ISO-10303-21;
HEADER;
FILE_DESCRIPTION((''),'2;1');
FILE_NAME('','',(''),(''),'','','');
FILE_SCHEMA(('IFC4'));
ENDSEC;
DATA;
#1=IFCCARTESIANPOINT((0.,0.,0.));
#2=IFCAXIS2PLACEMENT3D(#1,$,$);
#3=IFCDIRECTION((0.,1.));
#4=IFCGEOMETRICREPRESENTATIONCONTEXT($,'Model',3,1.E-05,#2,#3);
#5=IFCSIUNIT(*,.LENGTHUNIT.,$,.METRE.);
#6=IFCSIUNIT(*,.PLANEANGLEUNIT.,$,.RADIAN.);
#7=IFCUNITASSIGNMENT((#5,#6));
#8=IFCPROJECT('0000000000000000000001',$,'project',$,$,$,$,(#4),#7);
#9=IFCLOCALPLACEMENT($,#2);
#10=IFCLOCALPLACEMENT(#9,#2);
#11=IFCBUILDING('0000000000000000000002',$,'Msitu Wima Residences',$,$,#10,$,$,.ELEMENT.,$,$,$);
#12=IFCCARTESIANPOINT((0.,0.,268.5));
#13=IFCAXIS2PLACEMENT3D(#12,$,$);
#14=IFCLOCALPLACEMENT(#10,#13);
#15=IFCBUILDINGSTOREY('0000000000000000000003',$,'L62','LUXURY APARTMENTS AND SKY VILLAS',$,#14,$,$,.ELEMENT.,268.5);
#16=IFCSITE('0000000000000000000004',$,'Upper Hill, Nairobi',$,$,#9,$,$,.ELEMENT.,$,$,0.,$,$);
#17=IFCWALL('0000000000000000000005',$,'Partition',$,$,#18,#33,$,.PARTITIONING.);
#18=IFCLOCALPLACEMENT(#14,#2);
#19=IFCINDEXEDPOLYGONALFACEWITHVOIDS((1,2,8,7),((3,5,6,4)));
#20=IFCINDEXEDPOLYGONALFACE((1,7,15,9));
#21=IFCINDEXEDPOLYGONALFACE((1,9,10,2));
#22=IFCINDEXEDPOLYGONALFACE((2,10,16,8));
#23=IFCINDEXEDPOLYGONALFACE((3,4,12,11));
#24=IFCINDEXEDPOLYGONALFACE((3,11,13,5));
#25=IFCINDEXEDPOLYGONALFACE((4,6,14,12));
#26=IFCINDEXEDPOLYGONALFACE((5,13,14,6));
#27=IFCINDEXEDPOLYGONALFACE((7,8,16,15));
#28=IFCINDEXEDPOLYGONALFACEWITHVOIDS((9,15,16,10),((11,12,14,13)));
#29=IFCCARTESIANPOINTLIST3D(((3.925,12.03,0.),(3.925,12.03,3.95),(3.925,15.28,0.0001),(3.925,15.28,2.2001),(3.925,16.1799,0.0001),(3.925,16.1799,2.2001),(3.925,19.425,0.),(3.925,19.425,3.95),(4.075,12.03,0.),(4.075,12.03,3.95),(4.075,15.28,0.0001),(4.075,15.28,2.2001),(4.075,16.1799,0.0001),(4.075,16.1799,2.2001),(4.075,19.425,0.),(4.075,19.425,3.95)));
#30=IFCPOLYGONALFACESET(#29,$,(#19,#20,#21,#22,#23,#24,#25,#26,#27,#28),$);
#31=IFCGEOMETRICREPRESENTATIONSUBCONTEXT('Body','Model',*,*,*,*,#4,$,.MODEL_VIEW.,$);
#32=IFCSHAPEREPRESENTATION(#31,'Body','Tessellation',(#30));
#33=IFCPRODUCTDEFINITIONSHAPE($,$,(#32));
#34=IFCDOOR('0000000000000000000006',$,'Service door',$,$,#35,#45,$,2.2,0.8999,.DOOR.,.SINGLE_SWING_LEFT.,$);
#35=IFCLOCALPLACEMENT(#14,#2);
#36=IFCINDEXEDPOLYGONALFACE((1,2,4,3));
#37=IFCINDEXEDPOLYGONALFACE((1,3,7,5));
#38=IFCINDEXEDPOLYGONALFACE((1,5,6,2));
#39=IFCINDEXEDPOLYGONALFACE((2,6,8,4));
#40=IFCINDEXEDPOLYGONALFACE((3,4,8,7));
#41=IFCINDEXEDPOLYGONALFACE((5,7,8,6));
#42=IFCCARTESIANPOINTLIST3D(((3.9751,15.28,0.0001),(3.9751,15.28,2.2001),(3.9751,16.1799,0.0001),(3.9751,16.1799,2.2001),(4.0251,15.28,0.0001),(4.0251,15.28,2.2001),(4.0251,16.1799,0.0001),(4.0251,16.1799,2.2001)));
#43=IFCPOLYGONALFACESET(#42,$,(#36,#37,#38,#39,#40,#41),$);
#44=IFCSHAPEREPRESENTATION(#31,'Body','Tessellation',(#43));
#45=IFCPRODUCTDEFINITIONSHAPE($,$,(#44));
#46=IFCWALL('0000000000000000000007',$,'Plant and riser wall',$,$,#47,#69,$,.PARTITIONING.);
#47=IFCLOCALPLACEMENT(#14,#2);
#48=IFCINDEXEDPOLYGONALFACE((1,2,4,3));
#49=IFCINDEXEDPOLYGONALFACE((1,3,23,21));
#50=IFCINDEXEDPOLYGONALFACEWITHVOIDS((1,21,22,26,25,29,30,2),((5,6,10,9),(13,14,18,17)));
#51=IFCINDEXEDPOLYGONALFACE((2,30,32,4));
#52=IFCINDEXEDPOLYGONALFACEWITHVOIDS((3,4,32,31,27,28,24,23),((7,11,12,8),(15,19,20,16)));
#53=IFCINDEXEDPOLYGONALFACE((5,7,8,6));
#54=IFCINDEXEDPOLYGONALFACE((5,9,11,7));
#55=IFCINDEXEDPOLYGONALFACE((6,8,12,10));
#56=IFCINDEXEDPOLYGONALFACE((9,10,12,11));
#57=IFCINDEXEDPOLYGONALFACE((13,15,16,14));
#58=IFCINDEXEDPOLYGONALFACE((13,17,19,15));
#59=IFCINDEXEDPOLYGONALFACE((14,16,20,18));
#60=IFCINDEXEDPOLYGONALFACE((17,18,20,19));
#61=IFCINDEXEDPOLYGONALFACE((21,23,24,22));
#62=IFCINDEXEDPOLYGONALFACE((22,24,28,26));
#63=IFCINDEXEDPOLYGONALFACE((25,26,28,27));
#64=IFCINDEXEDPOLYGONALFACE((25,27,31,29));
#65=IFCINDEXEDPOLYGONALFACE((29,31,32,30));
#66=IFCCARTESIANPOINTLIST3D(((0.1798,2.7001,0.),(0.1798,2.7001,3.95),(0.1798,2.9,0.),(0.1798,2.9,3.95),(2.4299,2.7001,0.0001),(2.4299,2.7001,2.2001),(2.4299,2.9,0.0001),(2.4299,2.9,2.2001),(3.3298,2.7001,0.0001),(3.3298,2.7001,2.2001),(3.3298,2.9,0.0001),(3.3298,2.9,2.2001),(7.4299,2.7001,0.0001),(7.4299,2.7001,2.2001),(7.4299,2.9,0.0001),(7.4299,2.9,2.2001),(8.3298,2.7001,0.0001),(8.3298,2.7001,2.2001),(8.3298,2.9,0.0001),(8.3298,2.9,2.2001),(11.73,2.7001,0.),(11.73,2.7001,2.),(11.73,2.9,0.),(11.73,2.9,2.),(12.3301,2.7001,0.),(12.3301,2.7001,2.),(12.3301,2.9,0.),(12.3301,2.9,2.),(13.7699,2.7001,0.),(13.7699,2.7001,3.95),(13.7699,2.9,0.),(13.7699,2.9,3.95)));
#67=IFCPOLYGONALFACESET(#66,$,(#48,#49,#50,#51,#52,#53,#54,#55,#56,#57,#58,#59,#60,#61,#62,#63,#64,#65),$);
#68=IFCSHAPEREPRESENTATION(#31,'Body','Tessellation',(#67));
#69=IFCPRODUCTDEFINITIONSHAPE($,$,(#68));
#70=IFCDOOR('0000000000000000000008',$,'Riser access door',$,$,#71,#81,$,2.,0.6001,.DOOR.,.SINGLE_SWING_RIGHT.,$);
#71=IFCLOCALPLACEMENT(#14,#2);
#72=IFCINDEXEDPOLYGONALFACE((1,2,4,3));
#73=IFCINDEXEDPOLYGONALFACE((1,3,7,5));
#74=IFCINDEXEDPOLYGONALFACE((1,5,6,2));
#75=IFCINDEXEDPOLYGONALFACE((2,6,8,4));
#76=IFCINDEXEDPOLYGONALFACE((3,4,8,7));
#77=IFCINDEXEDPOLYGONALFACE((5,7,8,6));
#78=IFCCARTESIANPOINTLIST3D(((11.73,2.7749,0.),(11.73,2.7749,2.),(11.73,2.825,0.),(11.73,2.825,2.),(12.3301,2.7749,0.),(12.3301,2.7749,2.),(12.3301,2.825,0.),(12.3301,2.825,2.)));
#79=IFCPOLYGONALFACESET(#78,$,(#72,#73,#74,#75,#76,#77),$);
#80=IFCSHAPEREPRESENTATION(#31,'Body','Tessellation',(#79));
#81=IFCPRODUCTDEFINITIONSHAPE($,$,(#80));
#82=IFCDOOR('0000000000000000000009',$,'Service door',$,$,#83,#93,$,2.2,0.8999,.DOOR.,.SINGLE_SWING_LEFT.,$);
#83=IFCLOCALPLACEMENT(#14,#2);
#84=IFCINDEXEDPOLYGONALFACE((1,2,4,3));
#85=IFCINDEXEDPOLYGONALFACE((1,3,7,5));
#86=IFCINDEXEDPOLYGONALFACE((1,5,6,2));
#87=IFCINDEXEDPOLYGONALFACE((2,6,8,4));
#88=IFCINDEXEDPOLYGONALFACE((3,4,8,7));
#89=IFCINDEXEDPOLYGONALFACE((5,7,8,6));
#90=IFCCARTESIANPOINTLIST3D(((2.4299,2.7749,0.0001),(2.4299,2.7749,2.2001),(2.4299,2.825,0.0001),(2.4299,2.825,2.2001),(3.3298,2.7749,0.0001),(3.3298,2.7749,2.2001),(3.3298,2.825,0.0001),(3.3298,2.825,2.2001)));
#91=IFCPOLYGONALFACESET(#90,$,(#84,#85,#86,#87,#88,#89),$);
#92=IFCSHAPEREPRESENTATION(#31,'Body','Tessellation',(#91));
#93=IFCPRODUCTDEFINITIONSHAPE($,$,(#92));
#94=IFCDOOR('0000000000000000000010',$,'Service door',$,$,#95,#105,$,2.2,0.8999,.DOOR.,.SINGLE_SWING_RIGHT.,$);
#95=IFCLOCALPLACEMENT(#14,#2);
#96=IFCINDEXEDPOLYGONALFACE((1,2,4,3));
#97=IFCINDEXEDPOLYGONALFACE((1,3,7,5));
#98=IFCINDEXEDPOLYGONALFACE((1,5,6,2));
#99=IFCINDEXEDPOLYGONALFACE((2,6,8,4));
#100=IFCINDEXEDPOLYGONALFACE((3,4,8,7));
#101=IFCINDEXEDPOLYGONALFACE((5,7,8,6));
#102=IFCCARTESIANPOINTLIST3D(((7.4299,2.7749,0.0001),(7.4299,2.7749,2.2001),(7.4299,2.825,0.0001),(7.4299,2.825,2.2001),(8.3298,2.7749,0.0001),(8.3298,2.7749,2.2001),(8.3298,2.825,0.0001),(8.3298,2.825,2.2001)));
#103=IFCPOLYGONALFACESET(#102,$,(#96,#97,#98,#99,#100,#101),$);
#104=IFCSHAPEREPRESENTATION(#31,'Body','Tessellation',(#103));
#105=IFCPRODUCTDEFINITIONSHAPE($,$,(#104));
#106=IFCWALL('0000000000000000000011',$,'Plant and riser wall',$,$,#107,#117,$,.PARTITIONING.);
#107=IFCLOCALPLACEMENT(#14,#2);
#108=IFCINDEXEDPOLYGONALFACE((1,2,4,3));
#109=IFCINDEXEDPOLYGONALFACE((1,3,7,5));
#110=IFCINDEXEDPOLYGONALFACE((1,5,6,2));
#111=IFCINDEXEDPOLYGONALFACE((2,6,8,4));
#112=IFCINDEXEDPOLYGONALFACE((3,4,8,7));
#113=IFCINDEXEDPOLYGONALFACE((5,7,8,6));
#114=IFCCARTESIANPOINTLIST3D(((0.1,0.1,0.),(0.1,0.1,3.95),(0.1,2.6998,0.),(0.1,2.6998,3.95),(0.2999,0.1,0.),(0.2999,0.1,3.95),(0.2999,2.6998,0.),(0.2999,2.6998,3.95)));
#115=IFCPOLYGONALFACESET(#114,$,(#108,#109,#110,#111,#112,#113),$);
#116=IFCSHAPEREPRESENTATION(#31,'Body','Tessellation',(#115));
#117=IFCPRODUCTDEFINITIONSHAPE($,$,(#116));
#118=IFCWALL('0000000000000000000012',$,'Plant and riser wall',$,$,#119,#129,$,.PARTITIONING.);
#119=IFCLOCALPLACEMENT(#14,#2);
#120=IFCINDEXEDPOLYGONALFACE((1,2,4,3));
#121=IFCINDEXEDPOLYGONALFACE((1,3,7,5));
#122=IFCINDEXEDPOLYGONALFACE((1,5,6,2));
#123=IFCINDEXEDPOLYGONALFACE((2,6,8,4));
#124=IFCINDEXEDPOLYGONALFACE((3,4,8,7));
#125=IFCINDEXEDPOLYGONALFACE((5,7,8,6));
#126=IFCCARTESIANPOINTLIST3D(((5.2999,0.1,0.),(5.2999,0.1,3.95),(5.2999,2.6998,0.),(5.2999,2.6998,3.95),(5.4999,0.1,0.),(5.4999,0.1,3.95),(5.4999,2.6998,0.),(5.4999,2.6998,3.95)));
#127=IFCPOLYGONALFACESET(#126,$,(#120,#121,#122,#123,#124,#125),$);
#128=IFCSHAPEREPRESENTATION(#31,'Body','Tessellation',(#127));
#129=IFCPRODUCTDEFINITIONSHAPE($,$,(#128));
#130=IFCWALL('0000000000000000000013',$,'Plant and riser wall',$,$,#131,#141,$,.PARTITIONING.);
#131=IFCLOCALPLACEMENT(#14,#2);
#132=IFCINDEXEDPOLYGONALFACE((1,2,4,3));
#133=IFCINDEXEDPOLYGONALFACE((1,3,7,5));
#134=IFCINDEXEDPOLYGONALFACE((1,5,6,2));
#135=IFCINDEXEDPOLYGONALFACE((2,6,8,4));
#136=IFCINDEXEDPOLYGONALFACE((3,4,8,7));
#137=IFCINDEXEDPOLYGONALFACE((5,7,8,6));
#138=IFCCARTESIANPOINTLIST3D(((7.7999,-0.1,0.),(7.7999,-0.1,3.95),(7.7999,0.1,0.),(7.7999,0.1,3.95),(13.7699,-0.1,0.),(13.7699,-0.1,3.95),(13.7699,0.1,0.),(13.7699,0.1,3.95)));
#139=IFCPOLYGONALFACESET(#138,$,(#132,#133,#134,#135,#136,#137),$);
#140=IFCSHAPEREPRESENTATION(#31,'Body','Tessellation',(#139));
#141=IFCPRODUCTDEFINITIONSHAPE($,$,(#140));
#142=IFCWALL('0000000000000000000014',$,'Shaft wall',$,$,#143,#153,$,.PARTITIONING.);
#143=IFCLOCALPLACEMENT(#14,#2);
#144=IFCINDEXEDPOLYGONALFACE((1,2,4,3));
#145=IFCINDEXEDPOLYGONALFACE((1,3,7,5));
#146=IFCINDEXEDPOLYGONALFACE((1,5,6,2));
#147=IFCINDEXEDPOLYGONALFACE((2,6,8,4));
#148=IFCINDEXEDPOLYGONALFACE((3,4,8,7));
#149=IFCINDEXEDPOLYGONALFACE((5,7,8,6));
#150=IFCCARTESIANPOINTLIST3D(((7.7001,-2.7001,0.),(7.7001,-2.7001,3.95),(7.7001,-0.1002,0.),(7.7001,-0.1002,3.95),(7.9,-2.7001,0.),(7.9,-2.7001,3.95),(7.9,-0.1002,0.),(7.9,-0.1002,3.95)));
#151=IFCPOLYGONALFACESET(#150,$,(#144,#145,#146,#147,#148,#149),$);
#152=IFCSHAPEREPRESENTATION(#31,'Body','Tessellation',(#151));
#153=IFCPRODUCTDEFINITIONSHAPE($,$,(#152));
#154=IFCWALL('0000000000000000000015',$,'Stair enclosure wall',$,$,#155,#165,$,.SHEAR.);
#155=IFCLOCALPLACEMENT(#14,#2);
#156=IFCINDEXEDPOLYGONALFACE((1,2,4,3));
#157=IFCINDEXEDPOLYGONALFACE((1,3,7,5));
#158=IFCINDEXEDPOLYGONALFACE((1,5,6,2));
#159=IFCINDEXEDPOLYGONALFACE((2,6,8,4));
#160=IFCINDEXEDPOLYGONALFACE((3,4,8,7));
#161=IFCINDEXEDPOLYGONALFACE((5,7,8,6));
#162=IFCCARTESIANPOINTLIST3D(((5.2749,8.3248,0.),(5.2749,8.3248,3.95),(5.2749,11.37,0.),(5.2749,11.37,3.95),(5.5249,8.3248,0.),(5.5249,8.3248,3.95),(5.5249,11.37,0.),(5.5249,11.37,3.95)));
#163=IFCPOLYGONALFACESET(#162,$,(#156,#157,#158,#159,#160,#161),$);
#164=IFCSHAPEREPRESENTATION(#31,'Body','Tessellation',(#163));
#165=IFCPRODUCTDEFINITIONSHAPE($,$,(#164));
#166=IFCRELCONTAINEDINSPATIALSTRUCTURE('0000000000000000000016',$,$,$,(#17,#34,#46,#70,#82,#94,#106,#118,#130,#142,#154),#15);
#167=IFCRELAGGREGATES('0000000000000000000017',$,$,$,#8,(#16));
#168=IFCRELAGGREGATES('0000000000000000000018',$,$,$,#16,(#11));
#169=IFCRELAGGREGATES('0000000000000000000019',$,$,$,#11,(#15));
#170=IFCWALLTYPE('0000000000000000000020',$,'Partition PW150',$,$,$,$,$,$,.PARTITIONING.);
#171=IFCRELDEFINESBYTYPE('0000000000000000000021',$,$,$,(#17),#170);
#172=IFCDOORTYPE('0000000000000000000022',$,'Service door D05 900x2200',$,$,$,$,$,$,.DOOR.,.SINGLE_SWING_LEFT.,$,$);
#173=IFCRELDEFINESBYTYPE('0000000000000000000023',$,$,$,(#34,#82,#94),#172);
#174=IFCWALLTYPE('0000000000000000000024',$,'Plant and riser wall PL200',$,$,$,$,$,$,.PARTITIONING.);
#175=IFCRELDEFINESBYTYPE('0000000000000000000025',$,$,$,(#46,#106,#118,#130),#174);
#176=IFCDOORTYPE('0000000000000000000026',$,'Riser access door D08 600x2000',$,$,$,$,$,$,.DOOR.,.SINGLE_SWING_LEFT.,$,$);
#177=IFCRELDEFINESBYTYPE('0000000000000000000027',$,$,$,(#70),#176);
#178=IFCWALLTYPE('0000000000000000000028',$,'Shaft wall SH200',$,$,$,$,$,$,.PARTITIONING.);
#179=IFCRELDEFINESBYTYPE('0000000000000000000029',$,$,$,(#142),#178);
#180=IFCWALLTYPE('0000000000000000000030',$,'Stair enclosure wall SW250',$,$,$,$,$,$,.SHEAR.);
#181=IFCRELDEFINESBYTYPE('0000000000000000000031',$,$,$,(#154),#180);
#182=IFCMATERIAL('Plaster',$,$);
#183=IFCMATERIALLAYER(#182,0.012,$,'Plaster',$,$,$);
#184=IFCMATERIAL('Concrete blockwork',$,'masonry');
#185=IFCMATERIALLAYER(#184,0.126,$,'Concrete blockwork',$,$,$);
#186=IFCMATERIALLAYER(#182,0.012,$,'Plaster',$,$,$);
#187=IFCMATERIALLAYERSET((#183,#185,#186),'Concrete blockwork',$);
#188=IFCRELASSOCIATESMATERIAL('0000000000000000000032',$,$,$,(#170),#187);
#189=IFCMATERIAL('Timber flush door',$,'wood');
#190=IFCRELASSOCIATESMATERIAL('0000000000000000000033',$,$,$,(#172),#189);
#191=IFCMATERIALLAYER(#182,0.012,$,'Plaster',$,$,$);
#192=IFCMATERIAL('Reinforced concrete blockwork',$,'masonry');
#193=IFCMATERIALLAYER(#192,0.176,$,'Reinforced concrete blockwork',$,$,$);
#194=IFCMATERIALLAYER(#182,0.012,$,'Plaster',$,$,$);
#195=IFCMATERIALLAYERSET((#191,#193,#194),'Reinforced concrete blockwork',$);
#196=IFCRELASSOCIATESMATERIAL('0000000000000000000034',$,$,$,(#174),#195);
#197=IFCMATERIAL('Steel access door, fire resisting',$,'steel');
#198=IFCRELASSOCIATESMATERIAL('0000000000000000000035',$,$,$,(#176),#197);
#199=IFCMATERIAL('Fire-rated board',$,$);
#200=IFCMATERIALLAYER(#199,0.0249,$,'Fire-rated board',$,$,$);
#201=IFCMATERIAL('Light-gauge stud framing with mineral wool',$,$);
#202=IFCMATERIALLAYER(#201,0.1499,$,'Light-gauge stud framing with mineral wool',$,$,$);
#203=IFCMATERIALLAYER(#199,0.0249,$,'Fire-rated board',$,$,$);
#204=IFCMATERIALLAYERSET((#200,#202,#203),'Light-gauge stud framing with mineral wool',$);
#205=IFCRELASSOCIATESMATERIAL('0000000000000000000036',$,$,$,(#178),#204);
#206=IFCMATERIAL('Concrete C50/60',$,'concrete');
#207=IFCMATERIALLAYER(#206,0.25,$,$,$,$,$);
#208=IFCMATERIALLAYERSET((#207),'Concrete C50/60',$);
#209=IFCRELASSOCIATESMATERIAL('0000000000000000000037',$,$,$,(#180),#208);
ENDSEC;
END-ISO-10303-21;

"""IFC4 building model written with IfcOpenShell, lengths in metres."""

from ifc_helpers import new_model, si_unit, direction, frame, frame_2d, origin, place, context, subcontext, project, spatial, rectangle, extrude, material, layer, layer_set, type_object, element, fill, save


model = new_model("IFC4")

# Units and contexts
model_context = context("Model", 3, precision=1e-05, world=origin(), true_north=direction((0.0, 1.0)))
body_context = subcontext(model_context, "Body", "Model", "MODEL_VIEW")
ifc_project = project(units=[si_unit("LENGTHUNIT", "METRE"), si_unit("PLANEANGLEUNIT", "RADIAN")], contexts=[model_context])

# Site, building, storey
site_placement = place(None, origin())
site = spatial("IfcSite", under=ifc_project, at=site_placement, Name="Upper Hill, Nairobi", CompositionType="ELEMENT", RefElevation=0.0)
building_placement = place(site_placement, origin())
building = spatial("IfcBuilding", under=site, at=building_placement, Name="Msitu Wima Residences", CompositionType="ELEMENT")
storey_placement = place(building_placement, frame((0.0, 0.0, 268.5)))
storey = spatial("IfcBuildingStorey", under=building, at=storey_placement, Name="L62", Description="LUXURY APARTMENTS AND SKY VILLAS", CompositionType="ELEMENT", Elevation=268.5)

# Shared definitions
ifc_material_1 = material(Name="Plaster")
ifc_layer_1 = layer(ifc_material_1, 0.012, Name="Plaster")
ifc_material_2 = material(Name="Concrete blockwork", Category="masonry")
ifc_layer_2 = layer(ifc_material_2, 0.126, Name="Concrete blockwork")
ifc_layer_3 = layer(ifc_material_1, 0.012, Name="Plaster")
ifc_layer_set_1 = layer_set([ifc_layer_1, ifc_layer_2, ifc_layer_3], Name="Concrete blockwork")
wall_type_1 = type_object("IfcWallType", Name="Partition PW150", PredefinedType="PARTITIONING", material=ifc_layer_set_1)

# Wall, opening, door
wall_1_placement = place(storey_placement, frame((4.0, 12.03, 0.0), z_axis=(0.0, 0.0, 1.0), x_axis=(0.0, 1.0, 0.0)))
wall_1 = element("IfcWall", 1, at=wall_1_placement, inside=storey, type_object=wall_type_1, Name="Partition", PredefinedType="PARTITIONING", context=body_context, shape_type="SweptSolid", body=[
    extrude(rectangle(XDim=7.395, YDim=0.1499, at=frame_2d((3.6975, 0.0))), origin(), (0.0, 0.0, 1.0), 3.95),
])
opening_1_placement = place(wall_1_placement, frame((3.25, 0.0, 0.0)))
opening_1 = element("IfcOpeningElement", 2, at=opening_1_placement, cuts=wall_1, PredefinedType="OPENING", context=body_context, shape_type="SweptSolid", body=[
    extrude(rectangle(XDim=0.8999, YDim=2.2, at=frame_2d((0.45, 1.1001))), frame((0.0, 0.085, 0.0), z_axis=(0.0, -1.0, 0.0), x_axis=(1.0, 0.0, 0.0)), (0.0, 0.0, 1.0), 0.1699),
])
ifc_material_3 = material(Name="Timber flush door", Category="wood")
door_type_1 = type_object("IfcDoorType", Name="Service door D05 900x2200", OperationType="SINGLE_SWING_LEFT", PredefinedType="DOOR", material=ifc_material_3)
door_1_placement = place(opening_1_placement, origin())
door_1 = element("IfcDoor", 3, at=door_1_placement, inside=storey, type_object=door_type_1, Name="Service door", OperationType="SINGLE_SWING_LEFT", OverallHeight=2.2, OverallWidth=0.8999, PredefinedType="DOOR", context=body_context, shape_type="SweptSolid", body=[
    extrude(rectangle(XDim=0.8999, YDim=2.2, at=frame_2d((0.45, 1.1001))), frame((0.0, 0.0249, 0.0), z_axis=(0.0, -1.0, 0.0), x_axis=(1.0, 0.0, 0.0)), (0.0, 0.0, 1.0), 0.05),
])
fill(opening_1, door_1)

# Wall, openings, doors
ifc_layer_4 = layer(ifc_material_1, 0.012, Name="Plaster")
ifc_material_4 = material(Name="Reinforced concrete blockwork", Category="masonry")
ifc_layer_5 = layer(ifc_material_4, 0.176, Name="Reinforced concrete blockwork")
ifc_layer_6 = layer(ifc_material_1, 0.012, Name="Plaster")
ifc_layer_set_2 = layer_set([ifc_layer_4, ifc_layer_5, ifc_layer_6], Name="Reinforced concrete blockwork")
wall_type_2 = type_object("IfcWallType", Name="Plant and riser wall PL200", PredefinedType="PARTITIONING", material=ifc_layer_set_2)
wall_2_placement = place(storey_placement, frame((0.1799, 2.8, 0.0), z_axis=(0.0, 0.0, 1.0), x_axis=(1.0, 0.0, 0.0)))
wall_2 = element("IfcWall", 4, at=wall_2_placement, inside=storey, type_object=wall_type_2, Name="Plant and riser wall", PredefinedType="PARTITIONING", context=body_context, shape_type="SweptSolid", body=[
    extrude(rectangle(XDim=13.5901, YDim=0.2, at=frame_2d((6.7949, 0.0))), origin(), (0.0, 0.0, 1.0), 3.95),
])
opening_2_placement = place(wall_2_placement, frame((11.55, 0.0, 0.0)))
opening_2 = element("IfcOpeningElement", 5, at=opening_2_placement, cuts=wall_2, PredefinedType="OPENING", context=body_context, shape_type="SweptSolid", body=[
    extrude(rectangle(XDim=0.6001, YDim=2.0, at=frame_2d((0.3, 1.0))), frame((0.0, 0.1099, 0.0), z_axis=(0.0, -1.0, 0.0), x_axis=(1.0, 0.0, 0.0)), (0.0, 0.0, 1.0), 0.22),
])
opening_3_placement = place(wall_2_placement, frame((2.25, 0.0, 0.0)))
opening_3 = element("IfcOpeningElement", 6, at=opening_3_placement, cuts=wall_2, PredefinedType="OPENING", context=body_context, shape_type="SweptSolid", body=[
    extrude(rectangle(XDim=0.8999, YDim=2.2, at=frame_2d((0.45, 1.1001))), frame((0.0, 0.1099, 0.0), z_axis=(0.0, -1.0, 0.0), x_axis=(1.0, 0.0, 0.0)), (0.0, 0.0, 1.0), 0.22),
])
opening_4_placement = place(wall_2_placement, frame((7.25, 0.0, 0.0)))
opening_4 = element("IfcOpeningElement", 7, at=opening_4_placement, cuts=wall_2, PredefinedType="OPENING", context=body_context, shape_type="SweptSolid", body=[
    extrude(rectangle(XDim=0.8999, YDim=2.2, at=frame_2d((0.45, 1.1001))), frame((0.0, 0.1099, 0.0), z_axis=(0.0, -1.0, 0.0), x_axis=(1.0, 0.0, 0.0)), (0.0, 0.0, 1.0), 0.22),
])
ifc_material_5 = material(Name="Steel access door, fire resisting", Category="steel")
door_type_2 = type_object("IfcDoorType", Name="Riser access door D08 600x2000", OperationType="SINGLE_SWING_LEFT", PredefinedType="DOOR", material=ifc_material_5)
door_2_placement = place(opening_2_placement, origin())
door_2 = element("IfcDoor", 8, at=door_2_placement, inside=storey, type_object=door_type_2, Name="Riser access door", OperationType="SINGLE_SWING_RIGHT", OverallHeight=2.0, OverallWidth=0.6001, PredefinedType="DOOR", context=body_context, shape_type="SweptSolid", body=[
    extrude(rectangle(XDim=0.6001, YDim=2.0, at=frame_2d((0.3, 1.0))), frame((0.0, 0.0249, 0.0), z_axis=(0.0, -1.0, 0.0), x_axis=(1.0, 0.0, 0.0)), (0.0, 0.0, 1.0), 0.05),
])
fill(opening_2, door_2)
door_3_placement = place(opening_3_placement, origin())
door_3 = element("IfcDoor", 9, at=door_3_placement, inside=storey, type_object=door_type_1, Name="Service door", OperationType="SINGLE_SWING_LEFT", OverallHeight=2.2, OverallWidth=0.8999, PredefinedType="DOOR", context=body_context, shape_type="SweptSolid", body=[
    extrude(rectangle(XDim=0.8999, YDim=2.2, at=frame_2d((0.45, 1.1001))), frame((0.0, 0.0249, 0.0), z_axis=(0.0, -1.0, 0.0), x_axis=(1.0, 0.0, 0.0)), (0.0, 0.0, 1.0), 0.05),
])
fill(opening_3, door_3)
door_4_placement = place(opening_4_placement, origin())
door_4 = element("IfcDoor", 10, at=door_4_placement, inside=storey, type_object=door_type_1, Name="Service door", OperationType="SINGLE_SWING_RIGHT", OverallHeight=2.2, OverallWidth=0.8999, PredefinedType="DOOR", context=body_context, shape_type="SweptSolid", body=[
    extrude(rectangle(XDim=0.8999, YDim=2.2, at=frame_2d((0.45, 1.1001))), frame((0.0, 0.0249, 0.0), z_axis=(0.0, -1.0, 0.0), x_axis=(1.0, 0.0, 0.0)), (0.0, 0.0, 1.0), 0.05),
])
fill(opening_4, door_4)

# Walls
for number, where, z_axis, x_axis, name in (
    (11, (0.2, 0.1001, 0.0), (0.0, 0.0, 1.0), (0.0, 1.0, 0.0), "Plant and riser wall"),
    (12, (5.3999, 0.1001, 0.0), (0.0, 0.0, 1.0), (0.0, 1.0, 0.0), "Plant and riser wall"),
):
    element("IfcWall", number, at=place(storey_placement, frame(where, z_axis=z_axis, x_axis=x_axis)), inside=storey, type_object=wall_type_2, Name=name, PredefinedType="PARTITIONING", context=body_context, shape_type="SweptSolid", body=[
        extrude(rectangle(XDim=2.5999, YDim=0.2, at=frame_2d((1.2998, 0.0))), origin(), (0.0, 0.0, 1.0), 3.95),
    ])
wall_3_placement = place(storey_placement, frame((7.8, 0.0, 0.0), z_axis=(0.0, 0.0, 1.0), x_axis=(1.0, 0.0, 0.0)))
element("IfcWall", 13, at=wall_3_placement, inside=storey, type_object=wall_type_2, Name="Plant and riser wall", PredefinedType="PARTITIONING", context=body_context, shape_type="SweptSolid", body=[
    extrude(rectangle(XDim=5.97, YDim=0.2, at=frame_2d((2.9849, 0.0))), origin(), (0.0, 0.0, 1.0), 3.95),
])
ifc_material_6 = material(Name="Fire-rated board")
ifc_layer_7 = layer(ifc_material_6, 0.0249, Name="Fire-rated board")
ifc_material_7 = material(Name="Light-gauge stud framing with mineral wool")
ifc_layer_8 = layer(ifc_material_7, 0.1499, Name="Light-gauge stud framing with mineral wool")
ifc_layer_9 = layer(ifc_material_6, 0.0249, Name="Fire-rated board")
ifc_layer_set_3 = layer_set([ifc_layer_7, ifc_layer_8, ifc_layer_9], Name="Light-gauge stud framing with mineral wool")
wall_type_3 = type_object("IfcWallType", Name="Shaft wall SH200", PredefinedType="PARTITIONING", material=ifc_layer_set_3)
wall_4_placement = place(storey_placement, frame((7.8, -2.7, 0.0), z_axis=(0.0, 0.0, 1.0), x_axis=(0.0, 1.0, 0.0)))
element("IfcWall", 14, at=wall_4_placement, inside=storey, type_object=wall_type_3, Name="Shaft wall", PredefinedType="PARTITIONING", context=body_context, shape_type="SweptSolid", body=[
    extrude(rectangle(XDim=2.5999, YDim=0.2, at=frame_2d((1.2998, 0.0))), origin(), (0.0, 0.0, 1.0), 3.95),
])
ifc_material_8 = material(Name="Concrete C50/60", Category="concrete")
ifc_layer_10 = layer(ifc_material_8, 0.25)
ifc_layer_set_4 = layer_set([ifc_layer_10], Name="Concrete C50/60")
wall_type_4 = type_object("IfcWallType", Name="Stair enclosure wall SW250", PredefinedType="SHEAR", material=ifc_layer_set_4)
wall_5_placement = place(storey_placement, frame((5.3999, 8.325, 0.0), z_axis=(0.0, 0.0, 1.0), x_axis=(0.0, 1.0, 0.0)))
element("IfcWall", 15, at=wall_5_placement, inside=storey, type_object=wall_type_4, Name="Stair enclosure wall", PredefinedType="SHEAR", context=body_context, shape_type="SweptSolid", body=[
    extrude(rectangle(XDim=3.0452, YDim=0.25, at=frame_2d((1.5225, 0.0))), origin(), (0.0, 0.0, 1.0), 3.95),
])

save(model, "model.ifc")
